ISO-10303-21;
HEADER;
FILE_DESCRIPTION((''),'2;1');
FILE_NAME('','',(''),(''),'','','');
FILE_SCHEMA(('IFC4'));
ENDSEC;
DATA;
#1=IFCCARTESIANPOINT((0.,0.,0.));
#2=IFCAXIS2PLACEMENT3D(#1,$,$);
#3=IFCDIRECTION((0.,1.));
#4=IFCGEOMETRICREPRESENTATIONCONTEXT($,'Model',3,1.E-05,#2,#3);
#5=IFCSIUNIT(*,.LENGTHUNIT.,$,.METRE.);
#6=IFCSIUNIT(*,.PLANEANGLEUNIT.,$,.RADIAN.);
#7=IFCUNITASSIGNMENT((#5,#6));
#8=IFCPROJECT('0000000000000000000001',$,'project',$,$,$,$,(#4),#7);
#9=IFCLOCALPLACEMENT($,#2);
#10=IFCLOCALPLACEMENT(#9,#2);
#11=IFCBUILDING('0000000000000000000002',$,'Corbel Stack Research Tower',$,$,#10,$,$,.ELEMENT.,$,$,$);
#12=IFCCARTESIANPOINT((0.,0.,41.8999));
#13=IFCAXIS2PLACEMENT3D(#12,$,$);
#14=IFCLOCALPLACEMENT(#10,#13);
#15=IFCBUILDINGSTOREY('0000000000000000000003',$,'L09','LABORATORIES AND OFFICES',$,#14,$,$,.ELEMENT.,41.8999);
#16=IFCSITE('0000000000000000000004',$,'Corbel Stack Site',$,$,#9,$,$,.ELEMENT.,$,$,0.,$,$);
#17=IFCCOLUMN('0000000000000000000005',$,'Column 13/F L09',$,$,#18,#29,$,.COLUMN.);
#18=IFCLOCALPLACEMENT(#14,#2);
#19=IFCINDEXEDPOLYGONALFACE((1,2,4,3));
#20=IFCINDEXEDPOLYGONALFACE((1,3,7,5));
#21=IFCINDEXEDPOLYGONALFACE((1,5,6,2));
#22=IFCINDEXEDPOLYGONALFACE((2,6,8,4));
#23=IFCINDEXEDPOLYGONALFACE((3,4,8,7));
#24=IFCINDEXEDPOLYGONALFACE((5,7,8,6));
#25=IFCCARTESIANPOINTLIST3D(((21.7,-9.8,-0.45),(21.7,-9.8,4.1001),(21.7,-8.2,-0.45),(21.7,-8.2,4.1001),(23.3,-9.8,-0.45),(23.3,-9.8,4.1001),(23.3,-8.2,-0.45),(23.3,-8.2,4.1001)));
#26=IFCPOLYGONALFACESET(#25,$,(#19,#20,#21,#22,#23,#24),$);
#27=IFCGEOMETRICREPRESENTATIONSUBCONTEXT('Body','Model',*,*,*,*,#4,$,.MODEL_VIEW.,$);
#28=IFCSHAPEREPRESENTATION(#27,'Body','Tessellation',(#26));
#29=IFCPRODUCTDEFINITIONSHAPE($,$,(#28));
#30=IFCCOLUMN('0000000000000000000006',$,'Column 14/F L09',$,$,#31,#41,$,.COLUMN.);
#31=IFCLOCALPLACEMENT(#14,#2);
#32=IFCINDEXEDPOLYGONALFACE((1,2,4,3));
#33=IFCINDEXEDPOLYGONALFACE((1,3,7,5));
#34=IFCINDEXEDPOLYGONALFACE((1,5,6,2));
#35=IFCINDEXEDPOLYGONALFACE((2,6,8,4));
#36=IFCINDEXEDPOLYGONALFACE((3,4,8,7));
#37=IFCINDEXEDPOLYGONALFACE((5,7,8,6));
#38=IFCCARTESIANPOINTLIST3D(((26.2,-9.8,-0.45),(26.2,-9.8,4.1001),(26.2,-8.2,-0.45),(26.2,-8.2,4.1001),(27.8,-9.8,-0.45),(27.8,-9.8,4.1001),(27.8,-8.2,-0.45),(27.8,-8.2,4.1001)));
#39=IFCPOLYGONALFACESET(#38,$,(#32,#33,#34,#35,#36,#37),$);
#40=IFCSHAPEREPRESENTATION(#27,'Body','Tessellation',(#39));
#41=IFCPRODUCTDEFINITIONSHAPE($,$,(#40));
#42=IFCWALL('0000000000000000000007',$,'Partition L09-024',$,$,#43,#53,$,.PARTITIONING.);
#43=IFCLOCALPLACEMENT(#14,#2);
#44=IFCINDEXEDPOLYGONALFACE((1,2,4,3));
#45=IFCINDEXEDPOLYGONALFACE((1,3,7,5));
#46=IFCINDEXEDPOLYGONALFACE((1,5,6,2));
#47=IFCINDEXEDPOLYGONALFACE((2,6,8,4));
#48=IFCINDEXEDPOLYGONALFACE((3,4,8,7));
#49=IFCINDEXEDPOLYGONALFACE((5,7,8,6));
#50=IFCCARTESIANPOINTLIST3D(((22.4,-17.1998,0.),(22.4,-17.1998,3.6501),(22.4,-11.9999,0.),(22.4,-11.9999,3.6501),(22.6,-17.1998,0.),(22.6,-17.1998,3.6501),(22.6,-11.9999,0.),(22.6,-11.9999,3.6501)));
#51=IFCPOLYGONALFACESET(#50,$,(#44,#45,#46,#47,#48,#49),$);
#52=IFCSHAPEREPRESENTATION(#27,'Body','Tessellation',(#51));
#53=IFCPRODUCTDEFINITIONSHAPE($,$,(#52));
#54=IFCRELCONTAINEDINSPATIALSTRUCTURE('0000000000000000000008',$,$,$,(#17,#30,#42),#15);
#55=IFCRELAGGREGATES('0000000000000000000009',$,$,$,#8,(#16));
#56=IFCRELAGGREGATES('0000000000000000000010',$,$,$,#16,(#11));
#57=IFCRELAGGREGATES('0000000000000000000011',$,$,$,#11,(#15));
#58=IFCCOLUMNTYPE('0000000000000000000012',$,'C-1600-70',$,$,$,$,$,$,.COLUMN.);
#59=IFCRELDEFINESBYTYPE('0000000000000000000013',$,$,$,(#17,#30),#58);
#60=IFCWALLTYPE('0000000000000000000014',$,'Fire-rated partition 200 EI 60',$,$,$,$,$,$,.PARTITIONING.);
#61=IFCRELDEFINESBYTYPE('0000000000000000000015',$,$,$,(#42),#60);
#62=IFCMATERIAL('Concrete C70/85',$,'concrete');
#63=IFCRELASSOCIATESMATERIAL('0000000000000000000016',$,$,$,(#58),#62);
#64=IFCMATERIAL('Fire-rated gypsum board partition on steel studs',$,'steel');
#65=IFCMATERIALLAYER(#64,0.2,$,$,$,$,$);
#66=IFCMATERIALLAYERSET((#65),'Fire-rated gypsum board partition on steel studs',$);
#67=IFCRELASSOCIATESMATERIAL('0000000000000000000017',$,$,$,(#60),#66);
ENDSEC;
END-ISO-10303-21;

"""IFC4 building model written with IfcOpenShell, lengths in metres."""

from ifc_helpers import new_model, si_unit, direction, frame, frame_2d, origin, origin_2d, place, context, subcontext, project, spatial, rectangle, extrude, material, layer, layer_set, material_profile, profile_set, type_object, element, save


model = new_model("IFC4")

# Units and contexts
model_context = context("Model", 3, precision=1e-05, world=origin(), true_north=direction((0.0, 1.0)))
body_context = subcontext(model_context, "Body", "Model", "MODEL_VIEW")
ifc_project = project(units=[si_unit("LENGTHUNIT", "METRE"), si_unit("PLANEANGLEUNIT", "RADIAN")], contexts=[model_context])

# Site, building, storey
site_placement = place(None, origin())
site = spatial("IfcSite", under=ifc_project, at=site_placement, Name="Corbel Stack Site", CompositionType="ELEMENT", RefElevation=0.0)
building_placement = place(site_placement, origin())
building = spatial("IfcBuilding", under=site, at=building_placement, Name="Corbel Stack Research Tower", CompositionType="ELEMENT")
storey_placement = place(building_placement, frame((0.0, 0.0, 41.8999)))
storey = spatial("IfcBuildingStorey", under=building, at=storey_placement, Name="L09", Description="LABORATORIES AND OFFICES", CompositionType="ELEMENT", Elevation=41.8999)

# Columns
ifc_material_1 = material(Name="Concrete C70/85", Category="concrete")
ifc_material_profile = material_profile(ifc_material_1, rectangle(XDim=1.6001, YDim=1.6001, at=origin_2d()), Name="RC 1600 x 1600")
ifc_profile_set = profile_set([ifc_material_profile], Name="Concrete C70/85")
column_type = type_object("IfcColumnType", Name="C-1600-70", PredefinedType="COLUMN", material=ifc_profile_set)
for number, where, z_axis, x_axis, name in (
    (1, (22.5, -9.0, -0.45), (0.0, 0.0, 1.0), (1.0, 0.0, 0.0), "Column 13/F L09"),
    (2, (27.0, -9.0, -0.45), (0.0, 0.0, 1.0), (1.0, 0.0, 0.0), "Column 14/F L09"),
):
    element("IfcColumn", number, at=place(storey_placement, frame(where, z_axis=z_axis, x_axis=x_axis)), inside=storey, type_object=column_type, Name=name, PredefinedType="COLUMN", context=body_context, shape_type="SweptSolid", body=[
        extrude(rectangle(XDim=1.6001, YDim=1.6001, at=origin_2d()), origin(), (0.0, 0.0, 1.0), 4.55),
    ])

# Wall
ifc_material_2 = material(Name="Fire-rated gypsum board partition on steel studs", Category="steel")
ifc_layer_1 = layer(ifc_material_2, 0.2)
ifc_layer_set_1 = layer_set([ifc_layer_1], Name="Fire-rated gypsum board partition on steel studs")
wall_type_1 = type_object("IfcWallType", Name="Fire-rated partition 200 EI 60", PredefinedType="PARTITIONING", material=ifc_layer_set_1)
wall_1_placement = place(storey_placement, frame((22.5, -17.2, 0.0), z_axis=(0.0, 0.0, 1.0), x_axis=(0.0, 1.0, 0.0)))
element("IfcWall", 3, at=wall_1_placement, inside=storey, type_object=wall_type_1, Name="Partition L09-024", PredefinedType="PARTITIONING", context=body_context, shape_type="SweptSolid", body=[
    extrude(rectangle(XDim=5.2, YDim=0.2, at=frame_2d((2.6001, 0.0))), origin(), (0.0, 0.0, 1.0), 3.6501),
])

save(model, "model.ifc")
